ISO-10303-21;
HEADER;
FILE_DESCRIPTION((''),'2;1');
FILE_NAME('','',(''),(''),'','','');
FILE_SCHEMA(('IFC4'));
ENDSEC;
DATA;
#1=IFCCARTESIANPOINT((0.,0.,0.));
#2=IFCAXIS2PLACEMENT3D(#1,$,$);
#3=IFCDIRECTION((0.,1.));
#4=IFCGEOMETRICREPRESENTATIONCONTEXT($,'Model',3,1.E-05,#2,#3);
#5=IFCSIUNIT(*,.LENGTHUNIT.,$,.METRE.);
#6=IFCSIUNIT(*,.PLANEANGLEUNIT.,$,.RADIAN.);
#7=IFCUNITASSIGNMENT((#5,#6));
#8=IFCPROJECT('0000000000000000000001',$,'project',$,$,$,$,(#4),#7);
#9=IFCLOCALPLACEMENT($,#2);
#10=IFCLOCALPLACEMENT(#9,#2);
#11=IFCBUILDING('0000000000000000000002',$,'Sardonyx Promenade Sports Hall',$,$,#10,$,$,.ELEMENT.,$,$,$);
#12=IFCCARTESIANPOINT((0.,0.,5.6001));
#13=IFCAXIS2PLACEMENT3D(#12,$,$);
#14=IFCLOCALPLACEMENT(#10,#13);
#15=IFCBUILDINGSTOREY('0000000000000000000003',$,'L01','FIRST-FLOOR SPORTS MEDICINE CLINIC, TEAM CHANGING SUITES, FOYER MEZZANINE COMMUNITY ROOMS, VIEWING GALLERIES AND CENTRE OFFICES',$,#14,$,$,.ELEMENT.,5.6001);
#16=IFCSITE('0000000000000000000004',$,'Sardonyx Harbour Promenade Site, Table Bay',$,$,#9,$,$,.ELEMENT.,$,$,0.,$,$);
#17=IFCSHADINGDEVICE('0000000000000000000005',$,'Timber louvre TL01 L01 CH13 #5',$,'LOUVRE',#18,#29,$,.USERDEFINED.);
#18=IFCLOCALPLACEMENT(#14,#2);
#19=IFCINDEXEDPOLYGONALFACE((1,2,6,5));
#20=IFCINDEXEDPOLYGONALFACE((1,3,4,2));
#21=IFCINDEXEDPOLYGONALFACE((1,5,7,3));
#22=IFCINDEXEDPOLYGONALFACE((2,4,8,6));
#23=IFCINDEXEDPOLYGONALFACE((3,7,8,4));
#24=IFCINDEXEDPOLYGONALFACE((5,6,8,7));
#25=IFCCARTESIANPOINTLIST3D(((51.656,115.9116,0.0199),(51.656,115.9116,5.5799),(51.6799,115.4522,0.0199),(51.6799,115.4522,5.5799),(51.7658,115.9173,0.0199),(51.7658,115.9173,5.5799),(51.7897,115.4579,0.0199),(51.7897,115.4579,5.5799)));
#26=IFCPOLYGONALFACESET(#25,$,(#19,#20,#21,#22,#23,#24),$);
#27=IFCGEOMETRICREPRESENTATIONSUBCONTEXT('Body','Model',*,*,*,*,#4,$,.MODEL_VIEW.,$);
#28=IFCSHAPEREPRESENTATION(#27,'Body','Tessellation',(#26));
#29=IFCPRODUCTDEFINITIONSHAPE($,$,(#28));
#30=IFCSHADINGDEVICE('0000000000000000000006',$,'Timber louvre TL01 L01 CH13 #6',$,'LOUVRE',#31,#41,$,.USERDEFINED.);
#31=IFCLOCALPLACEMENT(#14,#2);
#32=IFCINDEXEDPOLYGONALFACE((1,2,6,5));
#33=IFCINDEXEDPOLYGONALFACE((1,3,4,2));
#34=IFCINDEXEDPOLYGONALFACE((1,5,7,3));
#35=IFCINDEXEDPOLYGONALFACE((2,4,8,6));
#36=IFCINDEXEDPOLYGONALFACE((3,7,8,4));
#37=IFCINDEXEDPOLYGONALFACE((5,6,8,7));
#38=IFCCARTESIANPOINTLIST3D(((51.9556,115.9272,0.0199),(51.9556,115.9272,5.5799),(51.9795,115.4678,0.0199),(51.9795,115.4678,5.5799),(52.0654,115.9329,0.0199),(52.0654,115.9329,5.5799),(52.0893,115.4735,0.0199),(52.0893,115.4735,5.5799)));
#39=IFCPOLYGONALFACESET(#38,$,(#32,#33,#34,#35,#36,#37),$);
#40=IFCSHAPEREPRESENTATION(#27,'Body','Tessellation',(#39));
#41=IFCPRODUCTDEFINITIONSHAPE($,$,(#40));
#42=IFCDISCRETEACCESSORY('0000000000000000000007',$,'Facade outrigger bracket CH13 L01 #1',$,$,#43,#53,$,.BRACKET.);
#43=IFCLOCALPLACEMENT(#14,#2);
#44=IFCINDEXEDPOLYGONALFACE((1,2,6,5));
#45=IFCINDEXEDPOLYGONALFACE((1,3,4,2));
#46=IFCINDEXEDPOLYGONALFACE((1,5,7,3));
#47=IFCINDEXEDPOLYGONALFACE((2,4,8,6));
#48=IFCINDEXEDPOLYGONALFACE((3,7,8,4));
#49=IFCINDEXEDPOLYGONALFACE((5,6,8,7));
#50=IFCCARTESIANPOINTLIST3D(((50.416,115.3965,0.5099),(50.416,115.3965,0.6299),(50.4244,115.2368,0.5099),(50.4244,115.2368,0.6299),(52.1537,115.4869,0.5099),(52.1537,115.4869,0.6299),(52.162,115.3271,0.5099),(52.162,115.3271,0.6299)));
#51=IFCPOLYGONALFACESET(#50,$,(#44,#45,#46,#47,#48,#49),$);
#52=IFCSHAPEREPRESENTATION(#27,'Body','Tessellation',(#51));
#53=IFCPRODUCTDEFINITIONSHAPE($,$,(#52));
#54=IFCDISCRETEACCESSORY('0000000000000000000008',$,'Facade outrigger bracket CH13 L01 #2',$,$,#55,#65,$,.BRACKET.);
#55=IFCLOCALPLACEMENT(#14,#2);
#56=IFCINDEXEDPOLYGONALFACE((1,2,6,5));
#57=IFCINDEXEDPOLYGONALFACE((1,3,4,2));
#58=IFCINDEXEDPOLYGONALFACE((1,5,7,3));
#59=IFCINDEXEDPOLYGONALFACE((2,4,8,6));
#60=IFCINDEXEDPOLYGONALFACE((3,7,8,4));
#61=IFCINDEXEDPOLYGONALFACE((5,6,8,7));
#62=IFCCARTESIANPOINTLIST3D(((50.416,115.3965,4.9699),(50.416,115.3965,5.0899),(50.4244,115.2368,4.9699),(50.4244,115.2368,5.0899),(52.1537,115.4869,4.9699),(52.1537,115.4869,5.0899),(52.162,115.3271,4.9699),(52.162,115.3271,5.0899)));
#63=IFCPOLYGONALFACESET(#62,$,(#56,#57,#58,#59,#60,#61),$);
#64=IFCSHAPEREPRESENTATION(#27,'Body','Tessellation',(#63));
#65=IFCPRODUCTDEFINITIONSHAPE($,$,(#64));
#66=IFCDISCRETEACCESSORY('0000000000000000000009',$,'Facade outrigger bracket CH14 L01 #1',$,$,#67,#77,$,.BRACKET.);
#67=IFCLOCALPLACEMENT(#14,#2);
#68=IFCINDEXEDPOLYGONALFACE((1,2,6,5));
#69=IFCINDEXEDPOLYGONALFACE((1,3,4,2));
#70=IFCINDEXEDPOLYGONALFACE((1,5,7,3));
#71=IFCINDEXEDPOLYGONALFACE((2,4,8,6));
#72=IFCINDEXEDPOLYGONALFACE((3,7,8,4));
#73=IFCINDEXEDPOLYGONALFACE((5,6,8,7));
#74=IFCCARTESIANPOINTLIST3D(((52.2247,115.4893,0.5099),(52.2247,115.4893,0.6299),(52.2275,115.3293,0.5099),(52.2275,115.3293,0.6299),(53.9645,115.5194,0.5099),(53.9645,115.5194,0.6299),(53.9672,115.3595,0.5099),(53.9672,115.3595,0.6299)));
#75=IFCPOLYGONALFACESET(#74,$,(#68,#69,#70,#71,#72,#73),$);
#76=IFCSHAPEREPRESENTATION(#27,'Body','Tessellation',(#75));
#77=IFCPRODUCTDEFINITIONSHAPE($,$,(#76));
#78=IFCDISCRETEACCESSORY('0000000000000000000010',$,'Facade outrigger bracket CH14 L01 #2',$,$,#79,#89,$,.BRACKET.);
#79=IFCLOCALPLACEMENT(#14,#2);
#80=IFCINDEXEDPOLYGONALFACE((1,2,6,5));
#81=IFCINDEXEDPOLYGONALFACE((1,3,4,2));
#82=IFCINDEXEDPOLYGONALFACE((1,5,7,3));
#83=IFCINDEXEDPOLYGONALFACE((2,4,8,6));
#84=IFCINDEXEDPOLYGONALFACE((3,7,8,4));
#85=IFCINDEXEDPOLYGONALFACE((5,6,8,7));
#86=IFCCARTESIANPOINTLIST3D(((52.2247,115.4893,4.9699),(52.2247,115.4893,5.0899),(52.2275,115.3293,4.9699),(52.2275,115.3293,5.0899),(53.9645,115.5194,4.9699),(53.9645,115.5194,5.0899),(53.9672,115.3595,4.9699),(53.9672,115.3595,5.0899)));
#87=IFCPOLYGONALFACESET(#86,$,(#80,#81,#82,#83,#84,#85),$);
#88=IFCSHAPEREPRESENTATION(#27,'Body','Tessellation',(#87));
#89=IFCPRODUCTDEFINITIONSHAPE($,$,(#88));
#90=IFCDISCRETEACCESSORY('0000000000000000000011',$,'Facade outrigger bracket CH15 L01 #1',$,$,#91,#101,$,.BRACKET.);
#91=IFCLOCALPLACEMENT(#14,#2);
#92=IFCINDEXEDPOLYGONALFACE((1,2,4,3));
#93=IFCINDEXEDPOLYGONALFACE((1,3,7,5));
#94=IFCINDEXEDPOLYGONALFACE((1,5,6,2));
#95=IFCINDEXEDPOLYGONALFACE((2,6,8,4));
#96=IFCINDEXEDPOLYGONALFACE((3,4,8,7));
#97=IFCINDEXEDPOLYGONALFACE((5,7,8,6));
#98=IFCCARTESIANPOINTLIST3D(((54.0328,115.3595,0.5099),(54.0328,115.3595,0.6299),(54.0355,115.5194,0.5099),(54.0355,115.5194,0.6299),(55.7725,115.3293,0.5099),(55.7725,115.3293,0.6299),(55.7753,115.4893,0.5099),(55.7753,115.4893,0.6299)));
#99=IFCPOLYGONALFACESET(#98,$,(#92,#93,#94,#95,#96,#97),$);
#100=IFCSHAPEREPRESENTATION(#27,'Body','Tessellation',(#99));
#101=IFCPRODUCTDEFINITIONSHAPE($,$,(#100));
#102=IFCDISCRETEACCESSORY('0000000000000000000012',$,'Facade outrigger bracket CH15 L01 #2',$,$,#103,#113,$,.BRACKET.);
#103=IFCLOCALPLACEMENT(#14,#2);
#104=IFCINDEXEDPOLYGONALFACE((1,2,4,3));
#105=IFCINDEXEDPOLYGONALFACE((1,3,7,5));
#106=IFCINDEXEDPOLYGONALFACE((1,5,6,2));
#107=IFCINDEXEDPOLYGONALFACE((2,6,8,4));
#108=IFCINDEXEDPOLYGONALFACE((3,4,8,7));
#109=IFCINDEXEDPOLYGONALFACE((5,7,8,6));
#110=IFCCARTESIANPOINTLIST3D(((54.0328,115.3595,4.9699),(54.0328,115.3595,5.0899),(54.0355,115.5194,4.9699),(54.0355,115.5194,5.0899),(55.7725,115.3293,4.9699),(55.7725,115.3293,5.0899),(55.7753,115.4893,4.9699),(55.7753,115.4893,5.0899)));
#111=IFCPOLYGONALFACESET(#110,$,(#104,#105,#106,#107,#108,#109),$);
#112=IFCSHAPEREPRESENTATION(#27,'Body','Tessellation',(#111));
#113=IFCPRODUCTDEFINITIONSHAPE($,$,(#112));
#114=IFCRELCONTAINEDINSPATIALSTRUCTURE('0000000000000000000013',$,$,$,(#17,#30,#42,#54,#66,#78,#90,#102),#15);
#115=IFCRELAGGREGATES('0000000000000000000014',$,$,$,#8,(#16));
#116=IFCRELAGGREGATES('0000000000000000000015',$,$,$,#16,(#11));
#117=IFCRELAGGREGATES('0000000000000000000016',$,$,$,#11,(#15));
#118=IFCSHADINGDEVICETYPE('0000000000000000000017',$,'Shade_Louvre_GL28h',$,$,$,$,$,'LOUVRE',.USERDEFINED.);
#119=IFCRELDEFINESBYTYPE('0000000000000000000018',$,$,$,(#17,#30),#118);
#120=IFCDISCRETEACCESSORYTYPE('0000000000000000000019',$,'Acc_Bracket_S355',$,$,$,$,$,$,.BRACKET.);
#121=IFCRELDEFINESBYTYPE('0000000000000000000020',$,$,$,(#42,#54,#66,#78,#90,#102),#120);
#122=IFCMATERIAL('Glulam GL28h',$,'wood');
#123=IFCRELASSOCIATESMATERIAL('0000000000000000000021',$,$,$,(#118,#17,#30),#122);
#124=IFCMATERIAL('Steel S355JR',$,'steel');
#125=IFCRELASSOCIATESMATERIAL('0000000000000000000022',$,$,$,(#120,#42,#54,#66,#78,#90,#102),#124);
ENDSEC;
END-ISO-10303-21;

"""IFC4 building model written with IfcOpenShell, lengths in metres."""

from ifc_helpers import new_model, si_unit, direction, frame, origin, place, context, subcontext, project, spatial, rectangle, extrude, material, type_object, element, save


model = new_model("IFC4")

# Units and contexts
model_context = context("Model", 3, precision=1e-05, world=origin(), true_north=direction((0.0, 1.0)))
body_context = subcontext(model_context, "Body", "Model", "MODEL_VIEW")
ifc_project = project(units=[si_unit("LENGTHUNIT", "METRE"), si_unit("PLANEANGLEUNIT", "RADIAN")], contexts=[model_context])

# Site, building, storey
site_placement = place(None, origin())
site = spatial("IfcSite", under=ifc_project, at=site_placement, Name="Sardonyx Harbour Promenade Site, Table Bay", CompositionType="ELEMENT", RefElevation=0.0)
building_placement = place(site_placement, origin())
building = spatial("IfcBuilding", under=site, at=building_placement, Name="Sardonyx Promenade Sports Hall", CompositionType="ELEMENT")
storey_placement = place(building_placement, frame((0.0, 0.0, 5.6001)))
storey = spatial("IfcBuildingStorey", under=building, at=storey_placement, Name="L01", Description="FIRST-FLOOR SPORTS MEDICINE CLINIC, TEAM CHANGING SUITES, FOYER MEZZANINE COMMUNITY ROOMS, VIEWING GALLERIES AND CENTRE OFFICES", CompositionType="ELEMENT", Elevation=5.6001)

# Shading devices
ifc_material_1 = material(Name="Glulam GL28h", Category="wood")
shading_device_type_1 = type_object("IfcShadingDeviceType", Name="Shade_Louvre_GL28h", ElementType="LOUVRE", PredefinedType="USERDEFINED", material=ifc_material_1)
for number, where, z_axis, x_axis, name in (
    (1, (51.7228, 115.6848, 0.0199), (0.0, 0.0, 1.0), (0.998652, 0.051902, 0.0), "Timber louvre TL01 L01 CH13 #5"),
    (2, (52.0224, 115.7003, 0.0199), (0.0, 0.0, 1.0), (0.998652, 0.051902, 0.0), "Timber louvre TL01 L01 CH13 #6"),
):
    element("IfcShadingDevice", number, at=place(storey_placement, frame(where, z_axis=z_axis, x_axis=x_axis)), inside=storey, type_object=shading_device_type_1, material=ifc_material_1, Name=name, ObjectType="LOUVRE", PredefinedType="USERDEFINED", context=body_context, shape_type="SweptSolid", body=[
        extrude(rectangle(XDim=0.11, YDim=0.46), origin(), (0.0, 0.0, 1.0), 5.56),
    ])

# Discrete accessories
ifc_material_2 = material(Name="Steel S355JR", Category="steel")
discrete_accessory_type = type_object("IfcDiscreteAccessoryType", Name="Acc_Bracket_S355", PredefinedType="BRACKET", material=ifc_material_2)
for number, where, z_axis, x_axis, name in (
    (3, (51.289, 115.3618, 0.5099), (0.0, 0.0, 1.0), (0.998652, 0.051902, 0.0), "Facade outrigger bracket CH13 L01 #1"),
    (4, (51.289, 115.3618, 4.9699), (0.0, 0.0, 1.0), (0.998652, 0.051902, 0.0), "Facade outrigger bracket CH13 L01 #2"),
    (5, (53.096, 115.4244, 0.5099), (0.0, 0.0, 1.0), (0.99985, 0.017308, 0.0), "Facade outrigger bracket CH14 L01 #1"),
    (6, (53.096, 115.4244, 4.9699), (0.0, 0.0, 1.0), (0.99985, 0.017308, 0.0), "Facade outrigger bracket CH14 L01 #2"),
    (7, (54.904, 115.4244, 0.5099), (0.0, 0.0, 1.0), (0.99985, -0.017308, 0.0), "Facade outrigger bracket CH15 L01 #1"),
    (8, (54.904, 115.4244, 4.9699), (0.0, 0.0, 1.0), (0.99985, -0.017308, 0.0), "Facade outrigger bracket CH15 L01 #2"),
):
    element("IfcDiscreteAccessory", number, at=place(storey_placement, frame(where, z_axis=z_axis, x_axis=x_axis)), inside=storey, type_object=discrete_accessory_type, material=ifc_material_2, Name=name, PredefinedType="BRACKET", context=body_context, shape_type="SweptSolid", body=[
        extrude(rectangle(XDim=1.74, YDim=0.16), origin(), (0.0, 0.0, 1.0), 0.12),
    ])

save(model, "model.ifc")
